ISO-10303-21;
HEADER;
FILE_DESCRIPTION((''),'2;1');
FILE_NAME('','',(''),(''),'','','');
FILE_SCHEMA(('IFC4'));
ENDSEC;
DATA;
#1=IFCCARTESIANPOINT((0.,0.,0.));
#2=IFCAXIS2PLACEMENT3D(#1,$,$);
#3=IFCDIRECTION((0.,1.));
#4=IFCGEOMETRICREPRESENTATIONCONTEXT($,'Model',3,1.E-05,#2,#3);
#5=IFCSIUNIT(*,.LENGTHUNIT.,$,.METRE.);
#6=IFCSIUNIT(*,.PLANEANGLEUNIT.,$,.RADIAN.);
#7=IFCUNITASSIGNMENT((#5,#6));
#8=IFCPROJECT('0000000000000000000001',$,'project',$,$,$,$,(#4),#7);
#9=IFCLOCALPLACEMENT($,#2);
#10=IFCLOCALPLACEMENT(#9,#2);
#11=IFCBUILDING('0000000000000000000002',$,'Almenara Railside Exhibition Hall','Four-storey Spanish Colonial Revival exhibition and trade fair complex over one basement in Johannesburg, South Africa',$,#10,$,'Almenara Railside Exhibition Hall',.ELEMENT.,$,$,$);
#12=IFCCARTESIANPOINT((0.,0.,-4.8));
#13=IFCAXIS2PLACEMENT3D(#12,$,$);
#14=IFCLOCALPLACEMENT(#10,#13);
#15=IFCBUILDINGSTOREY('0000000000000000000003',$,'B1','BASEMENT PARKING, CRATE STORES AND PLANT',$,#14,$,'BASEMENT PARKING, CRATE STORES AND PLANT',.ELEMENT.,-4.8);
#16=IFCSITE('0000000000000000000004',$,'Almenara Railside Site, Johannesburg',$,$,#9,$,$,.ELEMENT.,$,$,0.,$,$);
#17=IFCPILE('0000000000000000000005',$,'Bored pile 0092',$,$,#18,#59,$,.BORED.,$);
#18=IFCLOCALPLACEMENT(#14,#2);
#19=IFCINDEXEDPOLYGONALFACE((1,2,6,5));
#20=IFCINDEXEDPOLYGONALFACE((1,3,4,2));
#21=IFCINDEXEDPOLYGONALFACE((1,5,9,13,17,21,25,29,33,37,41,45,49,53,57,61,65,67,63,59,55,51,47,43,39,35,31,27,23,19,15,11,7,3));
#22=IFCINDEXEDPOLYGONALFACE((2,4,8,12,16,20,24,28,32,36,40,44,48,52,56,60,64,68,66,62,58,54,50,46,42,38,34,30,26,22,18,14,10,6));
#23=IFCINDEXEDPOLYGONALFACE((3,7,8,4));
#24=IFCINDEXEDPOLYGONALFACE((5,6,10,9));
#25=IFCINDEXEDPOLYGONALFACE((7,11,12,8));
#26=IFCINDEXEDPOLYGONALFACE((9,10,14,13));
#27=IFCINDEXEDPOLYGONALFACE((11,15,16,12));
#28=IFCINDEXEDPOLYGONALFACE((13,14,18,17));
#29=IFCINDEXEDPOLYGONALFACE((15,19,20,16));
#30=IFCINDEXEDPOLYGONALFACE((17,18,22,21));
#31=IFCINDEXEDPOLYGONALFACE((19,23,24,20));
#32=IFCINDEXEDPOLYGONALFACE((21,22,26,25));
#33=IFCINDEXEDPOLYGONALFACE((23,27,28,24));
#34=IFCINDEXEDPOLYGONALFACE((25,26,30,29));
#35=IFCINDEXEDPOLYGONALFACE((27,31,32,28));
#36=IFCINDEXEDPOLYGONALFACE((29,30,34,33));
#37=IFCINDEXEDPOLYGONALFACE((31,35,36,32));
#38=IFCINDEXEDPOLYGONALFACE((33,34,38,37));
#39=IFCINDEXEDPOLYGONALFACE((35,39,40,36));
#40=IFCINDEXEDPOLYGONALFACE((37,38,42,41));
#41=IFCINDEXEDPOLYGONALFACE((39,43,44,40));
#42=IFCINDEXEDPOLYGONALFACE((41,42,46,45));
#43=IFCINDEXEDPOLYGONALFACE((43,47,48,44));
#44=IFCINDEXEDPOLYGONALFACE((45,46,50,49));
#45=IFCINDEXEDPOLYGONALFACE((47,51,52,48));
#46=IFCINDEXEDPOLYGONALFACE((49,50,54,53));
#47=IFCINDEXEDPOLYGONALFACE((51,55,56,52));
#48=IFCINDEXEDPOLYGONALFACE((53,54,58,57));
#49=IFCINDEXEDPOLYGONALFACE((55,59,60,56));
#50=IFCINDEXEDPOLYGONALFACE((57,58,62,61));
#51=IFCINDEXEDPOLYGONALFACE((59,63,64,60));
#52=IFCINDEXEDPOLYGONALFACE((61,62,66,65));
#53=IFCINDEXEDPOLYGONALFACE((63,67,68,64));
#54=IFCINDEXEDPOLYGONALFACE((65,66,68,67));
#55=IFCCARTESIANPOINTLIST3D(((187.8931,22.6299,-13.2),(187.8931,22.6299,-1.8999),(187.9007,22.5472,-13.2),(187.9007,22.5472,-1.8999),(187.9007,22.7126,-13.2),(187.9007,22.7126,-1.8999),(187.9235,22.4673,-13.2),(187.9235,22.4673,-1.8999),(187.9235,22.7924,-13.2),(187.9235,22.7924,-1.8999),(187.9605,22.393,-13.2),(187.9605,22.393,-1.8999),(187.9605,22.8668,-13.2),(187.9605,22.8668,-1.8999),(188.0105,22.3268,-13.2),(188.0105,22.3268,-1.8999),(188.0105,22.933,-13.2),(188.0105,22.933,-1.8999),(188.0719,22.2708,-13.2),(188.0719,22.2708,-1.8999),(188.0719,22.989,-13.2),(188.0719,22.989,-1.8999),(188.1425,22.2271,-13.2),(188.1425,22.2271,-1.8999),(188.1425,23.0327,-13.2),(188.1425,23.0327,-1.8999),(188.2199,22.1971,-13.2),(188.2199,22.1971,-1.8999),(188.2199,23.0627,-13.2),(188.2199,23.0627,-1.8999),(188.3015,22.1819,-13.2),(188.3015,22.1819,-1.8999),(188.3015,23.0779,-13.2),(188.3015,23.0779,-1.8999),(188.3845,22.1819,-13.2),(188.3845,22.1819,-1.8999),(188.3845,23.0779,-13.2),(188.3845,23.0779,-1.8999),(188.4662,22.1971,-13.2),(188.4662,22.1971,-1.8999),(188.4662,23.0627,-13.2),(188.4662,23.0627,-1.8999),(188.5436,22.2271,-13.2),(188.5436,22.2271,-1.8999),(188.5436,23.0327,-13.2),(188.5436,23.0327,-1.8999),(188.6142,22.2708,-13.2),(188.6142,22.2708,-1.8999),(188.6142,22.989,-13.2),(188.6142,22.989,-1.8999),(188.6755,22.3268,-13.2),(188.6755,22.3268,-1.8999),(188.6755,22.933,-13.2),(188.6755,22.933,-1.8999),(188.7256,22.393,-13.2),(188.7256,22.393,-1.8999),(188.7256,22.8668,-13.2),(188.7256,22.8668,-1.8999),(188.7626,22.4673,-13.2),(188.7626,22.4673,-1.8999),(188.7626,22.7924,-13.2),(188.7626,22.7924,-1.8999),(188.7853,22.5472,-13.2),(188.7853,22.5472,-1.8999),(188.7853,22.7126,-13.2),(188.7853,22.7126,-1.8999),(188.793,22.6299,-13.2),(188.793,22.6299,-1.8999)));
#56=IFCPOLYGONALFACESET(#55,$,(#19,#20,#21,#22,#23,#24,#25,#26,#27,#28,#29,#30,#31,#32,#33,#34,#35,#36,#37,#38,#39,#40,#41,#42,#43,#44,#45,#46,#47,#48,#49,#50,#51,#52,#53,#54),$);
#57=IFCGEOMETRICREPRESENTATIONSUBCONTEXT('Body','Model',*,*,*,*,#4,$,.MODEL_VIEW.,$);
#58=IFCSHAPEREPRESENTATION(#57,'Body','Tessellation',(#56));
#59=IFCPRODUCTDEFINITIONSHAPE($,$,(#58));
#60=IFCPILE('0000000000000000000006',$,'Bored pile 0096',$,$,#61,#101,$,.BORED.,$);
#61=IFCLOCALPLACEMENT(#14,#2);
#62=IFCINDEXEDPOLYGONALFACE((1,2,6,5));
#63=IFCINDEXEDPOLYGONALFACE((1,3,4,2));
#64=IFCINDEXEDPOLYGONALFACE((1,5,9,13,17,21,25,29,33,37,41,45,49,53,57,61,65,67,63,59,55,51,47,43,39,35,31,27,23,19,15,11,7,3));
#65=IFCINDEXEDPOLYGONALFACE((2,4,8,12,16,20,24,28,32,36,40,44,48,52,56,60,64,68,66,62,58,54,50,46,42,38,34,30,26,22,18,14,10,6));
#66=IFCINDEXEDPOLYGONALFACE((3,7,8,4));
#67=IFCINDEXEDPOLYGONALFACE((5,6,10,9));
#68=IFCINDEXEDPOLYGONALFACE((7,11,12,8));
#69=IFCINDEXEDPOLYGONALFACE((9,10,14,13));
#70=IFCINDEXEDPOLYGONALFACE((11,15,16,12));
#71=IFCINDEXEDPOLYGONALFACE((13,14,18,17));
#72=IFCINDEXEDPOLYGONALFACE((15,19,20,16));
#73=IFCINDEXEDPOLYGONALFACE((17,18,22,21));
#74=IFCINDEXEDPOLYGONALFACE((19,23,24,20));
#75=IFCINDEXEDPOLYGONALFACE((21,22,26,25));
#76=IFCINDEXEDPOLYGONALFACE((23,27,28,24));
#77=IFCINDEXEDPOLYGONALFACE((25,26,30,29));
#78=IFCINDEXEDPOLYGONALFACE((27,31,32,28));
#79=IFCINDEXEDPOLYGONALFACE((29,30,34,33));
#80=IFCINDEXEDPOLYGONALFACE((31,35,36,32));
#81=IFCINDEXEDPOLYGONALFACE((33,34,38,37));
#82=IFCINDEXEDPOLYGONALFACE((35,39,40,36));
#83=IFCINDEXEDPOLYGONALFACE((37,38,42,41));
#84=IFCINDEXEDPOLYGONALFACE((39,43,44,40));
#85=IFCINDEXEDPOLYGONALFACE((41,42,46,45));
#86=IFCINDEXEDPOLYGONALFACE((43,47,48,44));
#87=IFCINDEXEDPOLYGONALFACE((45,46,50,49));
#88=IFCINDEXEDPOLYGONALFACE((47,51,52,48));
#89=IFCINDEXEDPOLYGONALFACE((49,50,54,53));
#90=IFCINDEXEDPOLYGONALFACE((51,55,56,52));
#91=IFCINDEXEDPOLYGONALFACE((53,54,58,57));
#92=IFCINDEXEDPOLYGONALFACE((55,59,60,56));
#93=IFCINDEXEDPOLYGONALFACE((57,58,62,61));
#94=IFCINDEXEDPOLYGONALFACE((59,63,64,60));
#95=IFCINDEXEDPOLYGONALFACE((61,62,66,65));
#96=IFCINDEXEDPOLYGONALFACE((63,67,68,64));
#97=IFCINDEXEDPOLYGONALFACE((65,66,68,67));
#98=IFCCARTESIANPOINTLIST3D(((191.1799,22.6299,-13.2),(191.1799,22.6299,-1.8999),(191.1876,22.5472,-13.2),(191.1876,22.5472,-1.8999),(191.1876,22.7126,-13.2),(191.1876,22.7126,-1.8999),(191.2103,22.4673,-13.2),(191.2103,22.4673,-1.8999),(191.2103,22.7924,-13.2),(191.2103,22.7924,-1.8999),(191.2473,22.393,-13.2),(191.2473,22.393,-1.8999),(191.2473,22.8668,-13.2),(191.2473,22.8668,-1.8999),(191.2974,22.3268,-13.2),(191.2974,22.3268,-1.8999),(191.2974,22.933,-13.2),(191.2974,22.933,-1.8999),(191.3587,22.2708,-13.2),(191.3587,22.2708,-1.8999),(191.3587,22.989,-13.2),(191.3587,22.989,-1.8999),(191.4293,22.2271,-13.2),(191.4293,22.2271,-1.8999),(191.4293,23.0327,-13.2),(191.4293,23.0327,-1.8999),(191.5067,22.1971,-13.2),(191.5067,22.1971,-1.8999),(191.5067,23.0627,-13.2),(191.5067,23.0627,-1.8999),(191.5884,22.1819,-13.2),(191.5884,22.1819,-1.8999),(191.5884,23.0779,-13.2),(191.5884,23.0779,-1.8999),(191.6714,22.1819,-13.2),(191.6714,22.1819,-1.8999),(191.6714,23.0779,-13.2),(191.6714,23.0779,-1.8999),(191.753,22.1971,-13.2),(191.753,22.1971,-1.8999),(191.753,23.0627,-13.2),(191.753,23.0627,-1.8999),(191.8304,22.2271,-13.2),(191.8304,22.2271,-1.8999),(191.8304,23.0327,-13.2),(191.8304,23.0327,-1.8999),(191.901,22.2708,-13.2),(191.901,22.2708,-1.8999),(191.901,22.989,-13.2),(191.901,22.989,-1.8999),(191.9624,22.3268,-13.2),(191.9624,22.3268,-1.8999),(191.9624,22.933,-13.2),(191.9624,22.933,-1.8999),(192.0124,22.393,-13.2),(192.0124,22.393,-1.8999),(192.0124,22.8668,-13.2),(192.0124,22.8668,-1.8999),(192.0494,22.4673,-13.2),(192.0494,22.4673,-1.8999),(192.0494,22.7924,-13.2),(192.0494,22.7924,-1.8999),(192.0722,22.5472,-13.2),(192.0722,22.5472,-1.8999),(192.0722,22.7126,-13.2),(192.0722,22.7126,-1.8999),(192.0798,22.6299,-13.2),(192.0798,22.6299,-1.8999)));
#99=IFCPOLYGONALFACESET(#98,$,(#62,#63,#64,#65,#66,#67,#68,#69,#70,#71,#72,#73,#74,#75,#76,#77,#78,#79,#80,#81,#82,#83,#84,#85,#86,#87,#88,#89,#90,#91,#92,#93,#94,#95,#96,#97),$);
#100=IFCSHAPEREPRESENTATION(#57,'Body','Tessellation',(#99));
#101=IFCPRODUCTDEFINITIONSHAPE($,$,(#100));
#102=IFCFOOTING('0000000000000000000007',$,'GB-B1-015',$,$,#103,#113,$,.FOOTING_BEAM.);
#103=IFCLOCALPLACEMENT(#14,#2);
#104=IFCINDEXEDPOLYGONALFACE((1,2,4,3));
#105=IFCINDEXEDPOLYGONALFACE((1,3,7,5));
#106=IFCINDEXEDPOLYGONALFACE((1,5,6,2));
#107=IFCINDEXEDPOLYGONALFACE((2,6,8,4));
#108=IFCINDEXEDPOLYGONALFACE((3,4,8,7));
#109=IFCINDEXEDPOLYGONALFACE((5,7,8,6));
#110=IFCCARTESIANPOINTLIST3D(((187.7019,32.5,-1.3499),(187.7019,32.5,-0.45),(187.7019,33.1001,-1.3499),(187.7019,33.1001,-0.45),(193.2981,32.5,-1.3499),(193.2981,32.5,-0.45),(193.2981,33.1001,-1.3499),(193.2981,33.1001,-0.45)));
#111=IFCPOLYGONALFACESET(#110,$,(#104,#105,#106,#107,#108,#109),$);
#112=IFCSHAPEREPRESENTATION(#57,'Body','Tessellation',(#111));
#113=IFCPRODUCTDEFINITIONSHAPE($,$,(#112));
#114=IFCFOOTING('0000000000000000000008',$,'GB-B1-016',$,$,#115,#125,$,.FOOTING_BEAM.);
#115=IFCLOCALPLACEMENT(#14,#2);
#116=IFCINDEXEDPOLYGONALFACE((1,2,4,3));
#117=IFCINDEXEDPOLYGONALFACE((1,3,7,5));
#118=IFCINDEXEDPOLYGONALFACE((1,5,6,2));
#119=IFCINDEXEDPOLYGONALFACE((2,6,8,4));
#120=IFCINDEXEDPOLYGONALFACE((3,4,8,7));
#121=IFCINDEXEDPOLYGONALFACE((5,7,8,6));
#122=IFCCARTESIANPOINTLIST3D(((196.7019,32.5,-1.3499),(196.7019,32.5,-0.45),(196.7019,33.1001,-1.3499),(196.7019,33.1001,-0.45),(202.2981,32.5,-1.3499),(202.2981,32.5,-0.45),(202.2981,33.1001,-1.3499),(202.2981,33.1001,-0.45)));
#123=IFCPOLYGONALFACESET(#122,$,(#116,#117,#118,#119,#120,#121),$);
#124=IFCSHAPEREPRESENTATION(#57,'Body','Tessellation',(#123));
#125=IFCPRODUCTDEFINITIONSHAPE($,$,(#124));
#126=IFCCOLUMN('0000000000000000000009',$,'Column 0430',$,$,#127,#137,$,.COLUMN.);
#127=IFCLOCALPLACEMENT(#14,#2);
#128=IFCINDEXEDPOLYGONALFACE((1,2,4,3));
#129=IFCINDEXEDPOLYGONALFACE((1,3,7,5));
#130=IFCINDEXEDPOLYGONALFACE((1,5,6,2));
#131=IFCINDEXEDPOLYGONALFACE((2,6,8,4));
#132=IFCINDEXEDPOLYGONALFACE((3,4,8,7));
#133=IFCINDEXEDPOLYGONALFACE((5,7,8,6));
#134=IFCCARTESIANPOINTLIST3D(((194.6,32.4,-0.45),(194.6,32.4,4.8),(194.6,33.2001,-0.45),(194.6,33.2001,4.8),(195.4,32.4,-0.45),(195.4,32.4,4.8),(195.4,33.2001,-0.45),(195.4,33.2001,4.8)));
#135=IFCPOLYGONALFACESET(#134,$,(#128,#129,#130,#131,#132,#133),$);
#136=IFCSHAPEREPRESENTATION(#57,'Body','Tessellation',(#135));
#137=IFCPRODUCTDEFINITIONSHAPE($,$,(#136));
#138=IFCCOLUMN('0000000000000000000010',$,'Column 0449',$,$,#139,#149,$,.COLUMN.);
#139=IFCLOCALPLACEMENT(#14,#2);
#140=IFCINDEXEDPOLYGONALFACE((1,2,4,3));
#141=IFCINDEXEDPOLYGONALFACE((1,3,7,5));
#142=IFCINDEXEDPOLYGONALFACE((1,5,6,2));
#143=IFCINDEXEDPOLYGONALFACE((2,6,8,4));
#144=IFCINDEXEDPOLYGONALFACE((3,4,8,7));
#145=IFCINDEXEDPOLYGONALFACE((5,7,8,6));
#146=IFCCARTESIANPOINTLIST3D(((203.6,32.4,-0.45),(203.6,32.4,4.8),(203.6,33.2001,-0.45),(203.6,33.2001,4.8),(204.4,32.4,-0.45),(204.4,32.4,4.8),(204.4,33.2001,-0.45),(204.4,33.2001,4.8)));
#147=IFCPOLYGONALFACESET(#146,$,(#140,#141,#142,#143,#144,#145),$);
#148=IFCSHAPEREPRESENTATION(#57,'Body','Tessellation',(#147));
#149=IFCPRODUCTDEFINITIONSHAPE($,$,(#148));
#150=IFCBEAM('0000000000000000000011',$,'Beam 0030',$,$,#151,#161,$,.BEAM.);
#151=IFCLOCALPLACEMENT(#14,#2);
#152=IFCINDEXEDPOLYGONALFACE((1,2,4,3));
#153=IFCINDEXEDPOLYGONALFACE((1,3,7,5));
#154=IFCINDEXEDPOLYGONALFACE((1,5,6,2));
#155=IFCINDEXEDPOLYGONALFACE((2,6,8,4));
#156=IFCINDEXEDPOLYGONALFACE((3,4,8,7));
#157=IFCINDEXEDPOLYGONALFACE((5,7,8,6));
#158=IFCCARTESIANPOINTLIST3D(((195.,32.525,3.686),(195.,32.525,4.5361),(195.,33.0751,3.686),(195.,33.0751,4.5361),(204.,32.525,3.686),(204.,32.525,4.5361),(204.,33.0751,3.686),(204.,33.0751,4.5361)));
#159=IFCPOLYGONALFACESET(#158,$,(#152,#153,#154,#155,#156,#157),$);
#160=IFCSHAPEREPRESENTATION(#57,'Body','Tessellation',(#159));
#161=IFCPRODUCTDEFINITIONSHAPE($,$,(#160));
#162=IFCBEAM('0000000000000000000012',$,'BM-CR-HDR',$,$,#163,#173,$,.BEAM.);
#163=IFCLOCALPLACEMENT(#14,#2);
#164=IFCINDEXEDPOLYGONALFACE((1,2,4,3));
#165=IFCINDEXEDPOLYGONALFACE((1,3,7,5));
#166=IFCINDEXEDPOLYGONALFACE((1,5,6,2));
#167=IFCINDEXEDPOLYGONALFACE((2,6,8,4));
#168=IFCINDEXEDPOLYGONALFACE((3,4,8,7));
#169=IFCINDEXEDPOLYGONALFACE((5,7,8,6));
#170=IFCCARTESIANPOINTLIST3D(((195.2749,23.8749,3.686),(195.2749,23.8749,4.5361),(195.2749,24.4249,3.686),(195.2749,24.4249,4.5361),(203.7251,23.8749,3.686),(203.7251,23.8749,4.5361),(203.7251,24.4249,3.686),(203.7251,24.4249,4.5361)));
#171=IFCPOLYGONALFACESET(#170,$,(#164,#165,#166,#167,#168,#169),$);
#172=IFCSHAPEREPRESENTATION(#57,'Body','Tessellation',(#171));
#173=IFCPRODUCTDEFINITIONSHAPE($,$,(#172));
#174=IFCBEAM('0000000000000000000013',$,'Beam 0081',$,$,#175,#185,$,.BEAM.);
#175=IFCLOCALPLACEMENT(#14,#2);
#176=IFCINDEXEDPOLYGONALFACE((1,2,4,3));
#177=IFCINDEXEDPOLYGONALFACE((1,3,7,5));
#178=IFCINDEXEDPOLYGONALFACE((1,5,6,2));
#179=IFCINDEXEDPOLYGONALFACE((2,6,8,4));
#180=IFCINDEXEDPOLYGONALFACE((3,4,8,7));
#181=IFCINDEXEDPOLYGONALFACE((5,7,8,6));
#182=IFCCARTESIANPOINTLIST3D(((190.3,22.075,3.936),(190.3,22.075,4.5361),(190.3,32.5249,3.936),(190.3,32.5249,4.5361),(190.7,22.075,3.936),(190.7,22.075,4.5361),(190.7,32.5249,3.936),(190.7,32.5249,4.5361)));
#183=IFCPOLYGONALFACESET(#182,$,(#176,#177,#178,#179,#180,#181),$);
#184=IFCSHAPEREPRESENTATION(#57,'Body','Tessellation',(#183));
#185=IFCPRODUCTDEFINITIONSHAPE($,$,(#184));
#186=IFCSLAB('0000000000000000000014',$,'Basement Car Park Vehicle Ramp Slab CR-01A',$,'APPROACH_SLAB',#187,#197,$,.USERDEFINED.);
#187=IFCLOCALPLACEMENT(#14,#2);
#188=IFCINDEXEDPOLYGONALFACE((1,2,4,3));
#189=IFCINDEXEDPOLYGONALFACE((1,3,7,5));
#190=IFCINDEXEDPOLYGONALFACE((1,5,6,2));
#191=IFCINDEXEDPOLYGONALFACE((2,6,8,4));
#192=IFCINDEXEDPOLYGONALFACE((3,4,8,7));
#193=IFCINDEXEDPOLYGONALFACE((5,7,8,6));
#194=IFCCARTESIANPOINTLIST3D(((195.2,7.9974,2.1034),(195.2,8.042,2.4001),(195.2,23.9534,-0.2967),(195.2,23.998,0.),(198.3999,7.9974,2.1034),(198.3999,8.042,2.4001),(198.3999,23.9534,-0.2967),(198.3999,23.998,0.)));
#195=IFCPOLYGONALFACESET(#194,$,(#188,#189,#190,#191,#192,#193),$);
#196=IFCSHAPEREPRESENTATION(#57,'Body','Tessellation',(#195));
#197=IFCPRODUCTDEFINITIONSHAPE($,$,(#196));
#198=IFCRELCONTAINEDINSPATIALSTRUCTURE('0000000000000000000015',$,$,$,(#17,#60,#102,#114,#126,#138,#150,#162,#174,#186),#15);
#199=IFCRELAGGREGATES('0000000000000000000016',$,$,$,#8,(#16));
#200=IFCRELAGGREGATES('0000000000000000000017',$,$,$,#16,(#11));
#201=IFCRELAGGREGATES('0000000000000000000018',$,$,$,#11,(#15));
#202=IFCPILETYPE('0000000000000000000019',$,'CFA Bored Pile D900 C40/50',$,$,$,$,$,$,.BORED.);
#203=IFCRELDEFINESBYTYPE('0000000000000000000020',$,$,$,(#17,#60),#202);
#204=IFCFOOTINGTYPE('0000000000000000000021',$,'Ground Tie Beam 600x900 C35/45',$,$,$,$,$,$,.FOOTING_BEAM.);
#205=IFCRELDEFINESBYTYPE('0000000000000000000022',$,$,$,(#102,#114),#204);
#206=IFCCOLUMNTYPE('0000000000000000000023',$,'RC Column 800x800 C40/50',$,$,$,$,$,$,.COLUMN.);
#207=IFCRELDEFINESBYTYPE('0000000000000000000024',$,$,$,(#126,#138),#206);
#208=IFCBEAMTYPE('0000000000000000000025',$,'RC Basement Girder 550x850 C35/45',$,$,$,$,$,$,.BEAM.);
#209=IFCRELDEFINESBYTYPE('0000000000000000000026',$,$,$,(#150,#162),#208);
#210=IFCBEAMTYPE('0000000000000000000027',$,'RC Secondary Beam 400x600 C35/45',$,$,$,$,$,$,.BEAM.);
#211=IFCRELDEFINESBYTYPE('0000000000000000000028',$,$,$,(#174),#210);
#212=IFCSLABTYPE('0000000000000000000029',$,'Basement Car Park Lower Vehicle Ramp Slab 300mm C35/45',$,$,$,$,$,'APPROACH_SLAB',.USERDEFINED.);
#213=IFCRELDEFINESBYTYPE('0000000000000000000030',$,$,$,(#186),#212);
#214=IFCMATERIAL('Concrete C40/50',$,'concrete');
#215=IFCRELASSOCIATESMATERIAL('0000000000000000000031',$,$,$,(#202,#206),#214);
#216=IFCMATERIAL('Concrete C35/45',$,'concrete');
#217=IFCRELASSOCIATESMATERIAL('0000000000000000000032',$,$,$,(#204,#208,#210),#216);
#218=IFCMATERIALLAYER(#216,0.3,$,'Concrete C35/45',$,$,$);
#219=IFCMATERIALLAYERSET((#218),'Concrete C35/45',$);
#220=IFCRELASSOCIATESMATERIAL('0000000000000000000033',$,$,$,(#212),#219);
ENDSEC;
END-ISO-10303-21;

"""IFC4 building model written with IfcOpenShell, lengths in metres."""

from ifc_helpers import new_model, si_unit, direction, frame, origin, origin_2d, place, context, subcontext, project, spatial, polyline, rectangle, circle, outline, extrude, material, layer, layer_set, material_profile, profile_set, type_object, element, save


model = new_model("IFC4")

# Units and contexts
model_context = context("Model", 3, precision=1e-05, world=origin(), true_north=direction((0.0, 1.0)))
body_context = subcontext(model_context, "Body", "Model", "MODEL_VIEW")
ifc_project = project(units=[si_unit("LENGTHUNIT", "METRE"), si_unit("PLANEANGLEUNIT", "RADIAN")], contexts=[model_context])

# Site, building, storey
site_placement = place(None, origin())
site = spatial("IfcSite", under=ifc_project, at=site_placement, Name="Almenara Railside Site, Johannesburg", CompositionType="ELEMENT", RefElevation=0.0)
building_placement = place(site_placement, origin())
building = spatial("IfcBuilding", under=site, at=building_placement, Name="Almenara Railside Exhibition Hall", Description="Four-storey Spanish Colonial Revival exhibition and trade fair complex over one basement in Johannesburg, South Africa", LongName="Almenara Railside Exhibition Hall", CompositionType="ELEMENT")
storey_placement = place(building_placement, frame((0.0, 0.0, -4.8)))
storey = spatial("IfcBuildingStorey", under=building, at=storey_placement, Name="B1", Description="BASEMENT PARKING, CRATE STORES AND PLANT", LongName="BASEMENT PARKING, CRATE STORES AND PLANT", CompositionType="ELEMENT", Elevation=-4.8)

# Piles
ifc_material_1 = material(Name="Concrete C40/50", Category="concrete")
ifc_material_profile_1 = material_profile(ifc_material_1, circle(Radius=0.45, at=origin_2d()), Name="CFA-PILE D900")
ifc_profile_set_1 = profile_set([ifc_material_profile_1], Name="Concrete C40/50")
pile_type_1 = type_object("IfcPileType", Name="CFA Bored Pile D900 C40/50", PredefinedType="BORED", material=ifc_profile_set_1)
for number, where, z_axis, x_axis, name in (
    (1, (188.343, 22.6299, -1.8999), (0.0, 0.0, -1.0), (1.0, 0.0, 0.0), "Bored pile 0092"),
    (2, (191.6299, 22.6299, -1.8999), (0.0, 0.0, -1.0), (1.0, 0.0, 0.0), "Bored pile 0096"),
):
    element("IfcPile", number, at=place(storey_placement, frame(where, z_axis=z_axis, x_axis=x_axis)), inside=storey, type_object=pile_type_1, Name=name, PredefinedType="BORED", context=body_context, shape_type="SweptSolid", body=[
        extrude(circle(Radius=0.45, at=origin_2d()), origin(), (0.0, 0.0, 1.0), 11.3),
    ])

# Footings
ifc_material_2 = material(Name="Concrete C35/45", Category="concrete")
ifc_material_profile_2 = material_profile(ifc_material_2, rectangle(XDim=0.6001, YDim=0.8999, at=origin_2d()), Name="RC-GB 600x900")
ifc_profile_set_2 = profile_set([ifc_material_profile_2], Name="Concrete C35/45")
footing_type = type_object("IfcFootingType", Name="Ground Tie Beam 600x900 C35/45", PredefinedType="FOOTING_BEAM", material=ifc_profile_set_2)
for number, where, z_axis, x_axis, name in (
    (3, (187.7019, 32.8, -0.8999), (1.0, 0.0, 0.0), (0.0, 1.0, 0.0), "GB-B1-015"),
    (4, (196.7019, 32.8, -0.8999), (1.0, 0.0, 0.0), (0.0, 1.0, 0.0), "GB-B1-016"),
):
    element("IfcFooting", number, at=place(storey_placement, frame(where, z_axis=z_axis, x_axis=x_axis)), inside=storey, type_object=footing_type, Name=name, PredefinedType="FOOTING_BEAM", context=body_context, shape_type="SweptSolid", body=[
        extrude(rectangle(XDim=0.6001, YDim=0.8999, at=origin_2d()), origin(), (0.0, 0.0, 1.0), 5.5962),
    ])

# Columns
ifc_material_profile_3 = material_profile(ifc_material_1, rectangle(XDim=0.8, YDim=0.8, at=origin_2d()), Name="RC 800x800")
ifc_profile_set_3 = profile_set([ifc_material_profile_3], Name="Concrete C40/50")
column_type = type_object("IfcColumnType", Name="RC Column 800x800 C40/50", PredefinedType="COLUMN", material=ifc_profile_set_3)
for number, where, z_axis, x_axis, name in (
    (5, (195.0, 32.8, -0.45), (0.0, 0.0, 1.0), (1.0, 0.0, 0.0), "Column 0430"),
    (6, (204.0, 32.8, -0.45), (0.0, 0.0, 1.0), (1.0, 0.0, 0.0), "Column 0449"),
):
    element("IfcColumn", number, at=place(storey_placement, frame(where, z_axis=z_axis, x_axis=x_axis)), inside=storey, type_object=column_type, Name=name, PredefinedType="COLUMN", context=body_context, shape_type="SweptSolid", body=[
        extrude(rectangle(XDim=0.8, YDim=0.8, at=origin_2d()), origin(), (0.0, 0.0, 1.0), 5.25),
    ])

# Beams
ifc_material_profile_4 = material_profile(ifc_material_2, rectangle(XDim=0.55, YDim=0.8501, at=origin_2d()), Name="RC 550x850")
ifc_profile_set_4 = profile_set([ifc_material_profile_4], Name="Concrete C35/45")
beam_type_1 = type_object("IfcBeamType", Name="RC Basement Girder 550x850 C35/45", PredefinedType="BEAM", material=ifc_profile_set_4)
beam_1_placement = place(storey_placement, frame((195.0, 32.8, 4.1111), z_axis=(1.0, 0.0, 0.0), x_axis=(0.0, 1.0, 0.0)))
element("IfcBeam", 7, at=beam_1_placement, inside=storey, type_object=beam_type_1, Name="Beam 0030", PredefinedType="BEAM", context=body_context, shape_type="SweptSolid", body=[
    extrude(rectangle(XDim=0.55, YDim=0.8501, at=origin_2d()), origin(), (0.0, 0.0, 1.0), 9.0),
])
beam_2_placement = place(storey_placement, frame((195.2749, 24.1499, 4.1111), z_axis=(1.0, 0.0, 0.0), x_axis=(0.0, 1.0, 0.0)))
element("IfcBeam", 8, at=beam_2_placement, inside=storey, type_object=beam_type_1, Name="BM-CR-HDR", PredefinedType="BEAM", context=body_context, shape_type="SweptSolid", body=[
    extrude(rectangle(XDim=0.55, YDim=0.8501, at=origin_2d()), origin(), (0.0, 0.0, 1.0), 8.4502),
])
ifc_material_profile_5 = material_profile(ifc_material_2, rectangle(XDim=0.3999, YDim=0.6001, at=origin_2d()), Name="RC 400x600")
ifc_profile_set_5 = profile_set([ifc_material_profile_5], Name="Concrete C35/45")
beam_type_2 = type_object("IfcBeamType", Name="RC Secondary Beam 400x600 C35/45", PredefinedType="BEAM", material=ifc_profile_set_5)
beam_3_placement = place(storey_placement, frame((190.5, 22.075, 4.2361), z_axis=(0.0, 1.0, 0.0), x_axis=(-1.0, 0.0, 0.0)))
element("IfcBeam", 9, at=beam_3_placement, inside=storey, type_object=beam_type_2, Name="Beam 0081", PredefinedType="BEAM", context=body_context, shape_type="SweptSolid", body=[
    extrude(rectangle(XDim=0.3999, YDim=0.6001, at=origin_2d()), origin(), (0.0, 0.0, 1.0), 10.45),
])

# Slab
ifc_layer_1 = layer(ifc_material_2, 0.3, Name="Concrete C35/45")
ifc_layer_set_1 = layer_set([ifc_layer_1], Name="Concrete C35/45")
slab_type = type_object("IfcSlabType", Name="Basement Car Park Lower Vehicle Ramp Slab 300mm C35/45", ElementType="APPROACH_SLAB", PredefinedType="USERDEFINED", material=ifc_layer_set_1)
slab_placement = place(storey_placement, frame((198.3999, 23.998, 0.0), z_axis=(0.0, 0.148749, 0.988875), x_axis=(-1.0, 0.0, 0.0)))
element("IfcSlab", 10, at=slab_placement, inside=storey, type_object=slab_type, Name="Basement Car Park Vehicle Ramp Slab CR-01A", ObjectType="APPROACH_SLAB", PredefinedType="USERDEFINED", context=body_context, shape_type="SweptSolid", body=[
    extrude(outline(polyline([(0.0, 0.0), (3.2, 0.0), (3.2, 16.1356), (0.0, 16.1356), (0.0, 0.0)])), origin(), (0.0, 0.0, -1.0), 0.3),
])

save(model, "model.ifc")
